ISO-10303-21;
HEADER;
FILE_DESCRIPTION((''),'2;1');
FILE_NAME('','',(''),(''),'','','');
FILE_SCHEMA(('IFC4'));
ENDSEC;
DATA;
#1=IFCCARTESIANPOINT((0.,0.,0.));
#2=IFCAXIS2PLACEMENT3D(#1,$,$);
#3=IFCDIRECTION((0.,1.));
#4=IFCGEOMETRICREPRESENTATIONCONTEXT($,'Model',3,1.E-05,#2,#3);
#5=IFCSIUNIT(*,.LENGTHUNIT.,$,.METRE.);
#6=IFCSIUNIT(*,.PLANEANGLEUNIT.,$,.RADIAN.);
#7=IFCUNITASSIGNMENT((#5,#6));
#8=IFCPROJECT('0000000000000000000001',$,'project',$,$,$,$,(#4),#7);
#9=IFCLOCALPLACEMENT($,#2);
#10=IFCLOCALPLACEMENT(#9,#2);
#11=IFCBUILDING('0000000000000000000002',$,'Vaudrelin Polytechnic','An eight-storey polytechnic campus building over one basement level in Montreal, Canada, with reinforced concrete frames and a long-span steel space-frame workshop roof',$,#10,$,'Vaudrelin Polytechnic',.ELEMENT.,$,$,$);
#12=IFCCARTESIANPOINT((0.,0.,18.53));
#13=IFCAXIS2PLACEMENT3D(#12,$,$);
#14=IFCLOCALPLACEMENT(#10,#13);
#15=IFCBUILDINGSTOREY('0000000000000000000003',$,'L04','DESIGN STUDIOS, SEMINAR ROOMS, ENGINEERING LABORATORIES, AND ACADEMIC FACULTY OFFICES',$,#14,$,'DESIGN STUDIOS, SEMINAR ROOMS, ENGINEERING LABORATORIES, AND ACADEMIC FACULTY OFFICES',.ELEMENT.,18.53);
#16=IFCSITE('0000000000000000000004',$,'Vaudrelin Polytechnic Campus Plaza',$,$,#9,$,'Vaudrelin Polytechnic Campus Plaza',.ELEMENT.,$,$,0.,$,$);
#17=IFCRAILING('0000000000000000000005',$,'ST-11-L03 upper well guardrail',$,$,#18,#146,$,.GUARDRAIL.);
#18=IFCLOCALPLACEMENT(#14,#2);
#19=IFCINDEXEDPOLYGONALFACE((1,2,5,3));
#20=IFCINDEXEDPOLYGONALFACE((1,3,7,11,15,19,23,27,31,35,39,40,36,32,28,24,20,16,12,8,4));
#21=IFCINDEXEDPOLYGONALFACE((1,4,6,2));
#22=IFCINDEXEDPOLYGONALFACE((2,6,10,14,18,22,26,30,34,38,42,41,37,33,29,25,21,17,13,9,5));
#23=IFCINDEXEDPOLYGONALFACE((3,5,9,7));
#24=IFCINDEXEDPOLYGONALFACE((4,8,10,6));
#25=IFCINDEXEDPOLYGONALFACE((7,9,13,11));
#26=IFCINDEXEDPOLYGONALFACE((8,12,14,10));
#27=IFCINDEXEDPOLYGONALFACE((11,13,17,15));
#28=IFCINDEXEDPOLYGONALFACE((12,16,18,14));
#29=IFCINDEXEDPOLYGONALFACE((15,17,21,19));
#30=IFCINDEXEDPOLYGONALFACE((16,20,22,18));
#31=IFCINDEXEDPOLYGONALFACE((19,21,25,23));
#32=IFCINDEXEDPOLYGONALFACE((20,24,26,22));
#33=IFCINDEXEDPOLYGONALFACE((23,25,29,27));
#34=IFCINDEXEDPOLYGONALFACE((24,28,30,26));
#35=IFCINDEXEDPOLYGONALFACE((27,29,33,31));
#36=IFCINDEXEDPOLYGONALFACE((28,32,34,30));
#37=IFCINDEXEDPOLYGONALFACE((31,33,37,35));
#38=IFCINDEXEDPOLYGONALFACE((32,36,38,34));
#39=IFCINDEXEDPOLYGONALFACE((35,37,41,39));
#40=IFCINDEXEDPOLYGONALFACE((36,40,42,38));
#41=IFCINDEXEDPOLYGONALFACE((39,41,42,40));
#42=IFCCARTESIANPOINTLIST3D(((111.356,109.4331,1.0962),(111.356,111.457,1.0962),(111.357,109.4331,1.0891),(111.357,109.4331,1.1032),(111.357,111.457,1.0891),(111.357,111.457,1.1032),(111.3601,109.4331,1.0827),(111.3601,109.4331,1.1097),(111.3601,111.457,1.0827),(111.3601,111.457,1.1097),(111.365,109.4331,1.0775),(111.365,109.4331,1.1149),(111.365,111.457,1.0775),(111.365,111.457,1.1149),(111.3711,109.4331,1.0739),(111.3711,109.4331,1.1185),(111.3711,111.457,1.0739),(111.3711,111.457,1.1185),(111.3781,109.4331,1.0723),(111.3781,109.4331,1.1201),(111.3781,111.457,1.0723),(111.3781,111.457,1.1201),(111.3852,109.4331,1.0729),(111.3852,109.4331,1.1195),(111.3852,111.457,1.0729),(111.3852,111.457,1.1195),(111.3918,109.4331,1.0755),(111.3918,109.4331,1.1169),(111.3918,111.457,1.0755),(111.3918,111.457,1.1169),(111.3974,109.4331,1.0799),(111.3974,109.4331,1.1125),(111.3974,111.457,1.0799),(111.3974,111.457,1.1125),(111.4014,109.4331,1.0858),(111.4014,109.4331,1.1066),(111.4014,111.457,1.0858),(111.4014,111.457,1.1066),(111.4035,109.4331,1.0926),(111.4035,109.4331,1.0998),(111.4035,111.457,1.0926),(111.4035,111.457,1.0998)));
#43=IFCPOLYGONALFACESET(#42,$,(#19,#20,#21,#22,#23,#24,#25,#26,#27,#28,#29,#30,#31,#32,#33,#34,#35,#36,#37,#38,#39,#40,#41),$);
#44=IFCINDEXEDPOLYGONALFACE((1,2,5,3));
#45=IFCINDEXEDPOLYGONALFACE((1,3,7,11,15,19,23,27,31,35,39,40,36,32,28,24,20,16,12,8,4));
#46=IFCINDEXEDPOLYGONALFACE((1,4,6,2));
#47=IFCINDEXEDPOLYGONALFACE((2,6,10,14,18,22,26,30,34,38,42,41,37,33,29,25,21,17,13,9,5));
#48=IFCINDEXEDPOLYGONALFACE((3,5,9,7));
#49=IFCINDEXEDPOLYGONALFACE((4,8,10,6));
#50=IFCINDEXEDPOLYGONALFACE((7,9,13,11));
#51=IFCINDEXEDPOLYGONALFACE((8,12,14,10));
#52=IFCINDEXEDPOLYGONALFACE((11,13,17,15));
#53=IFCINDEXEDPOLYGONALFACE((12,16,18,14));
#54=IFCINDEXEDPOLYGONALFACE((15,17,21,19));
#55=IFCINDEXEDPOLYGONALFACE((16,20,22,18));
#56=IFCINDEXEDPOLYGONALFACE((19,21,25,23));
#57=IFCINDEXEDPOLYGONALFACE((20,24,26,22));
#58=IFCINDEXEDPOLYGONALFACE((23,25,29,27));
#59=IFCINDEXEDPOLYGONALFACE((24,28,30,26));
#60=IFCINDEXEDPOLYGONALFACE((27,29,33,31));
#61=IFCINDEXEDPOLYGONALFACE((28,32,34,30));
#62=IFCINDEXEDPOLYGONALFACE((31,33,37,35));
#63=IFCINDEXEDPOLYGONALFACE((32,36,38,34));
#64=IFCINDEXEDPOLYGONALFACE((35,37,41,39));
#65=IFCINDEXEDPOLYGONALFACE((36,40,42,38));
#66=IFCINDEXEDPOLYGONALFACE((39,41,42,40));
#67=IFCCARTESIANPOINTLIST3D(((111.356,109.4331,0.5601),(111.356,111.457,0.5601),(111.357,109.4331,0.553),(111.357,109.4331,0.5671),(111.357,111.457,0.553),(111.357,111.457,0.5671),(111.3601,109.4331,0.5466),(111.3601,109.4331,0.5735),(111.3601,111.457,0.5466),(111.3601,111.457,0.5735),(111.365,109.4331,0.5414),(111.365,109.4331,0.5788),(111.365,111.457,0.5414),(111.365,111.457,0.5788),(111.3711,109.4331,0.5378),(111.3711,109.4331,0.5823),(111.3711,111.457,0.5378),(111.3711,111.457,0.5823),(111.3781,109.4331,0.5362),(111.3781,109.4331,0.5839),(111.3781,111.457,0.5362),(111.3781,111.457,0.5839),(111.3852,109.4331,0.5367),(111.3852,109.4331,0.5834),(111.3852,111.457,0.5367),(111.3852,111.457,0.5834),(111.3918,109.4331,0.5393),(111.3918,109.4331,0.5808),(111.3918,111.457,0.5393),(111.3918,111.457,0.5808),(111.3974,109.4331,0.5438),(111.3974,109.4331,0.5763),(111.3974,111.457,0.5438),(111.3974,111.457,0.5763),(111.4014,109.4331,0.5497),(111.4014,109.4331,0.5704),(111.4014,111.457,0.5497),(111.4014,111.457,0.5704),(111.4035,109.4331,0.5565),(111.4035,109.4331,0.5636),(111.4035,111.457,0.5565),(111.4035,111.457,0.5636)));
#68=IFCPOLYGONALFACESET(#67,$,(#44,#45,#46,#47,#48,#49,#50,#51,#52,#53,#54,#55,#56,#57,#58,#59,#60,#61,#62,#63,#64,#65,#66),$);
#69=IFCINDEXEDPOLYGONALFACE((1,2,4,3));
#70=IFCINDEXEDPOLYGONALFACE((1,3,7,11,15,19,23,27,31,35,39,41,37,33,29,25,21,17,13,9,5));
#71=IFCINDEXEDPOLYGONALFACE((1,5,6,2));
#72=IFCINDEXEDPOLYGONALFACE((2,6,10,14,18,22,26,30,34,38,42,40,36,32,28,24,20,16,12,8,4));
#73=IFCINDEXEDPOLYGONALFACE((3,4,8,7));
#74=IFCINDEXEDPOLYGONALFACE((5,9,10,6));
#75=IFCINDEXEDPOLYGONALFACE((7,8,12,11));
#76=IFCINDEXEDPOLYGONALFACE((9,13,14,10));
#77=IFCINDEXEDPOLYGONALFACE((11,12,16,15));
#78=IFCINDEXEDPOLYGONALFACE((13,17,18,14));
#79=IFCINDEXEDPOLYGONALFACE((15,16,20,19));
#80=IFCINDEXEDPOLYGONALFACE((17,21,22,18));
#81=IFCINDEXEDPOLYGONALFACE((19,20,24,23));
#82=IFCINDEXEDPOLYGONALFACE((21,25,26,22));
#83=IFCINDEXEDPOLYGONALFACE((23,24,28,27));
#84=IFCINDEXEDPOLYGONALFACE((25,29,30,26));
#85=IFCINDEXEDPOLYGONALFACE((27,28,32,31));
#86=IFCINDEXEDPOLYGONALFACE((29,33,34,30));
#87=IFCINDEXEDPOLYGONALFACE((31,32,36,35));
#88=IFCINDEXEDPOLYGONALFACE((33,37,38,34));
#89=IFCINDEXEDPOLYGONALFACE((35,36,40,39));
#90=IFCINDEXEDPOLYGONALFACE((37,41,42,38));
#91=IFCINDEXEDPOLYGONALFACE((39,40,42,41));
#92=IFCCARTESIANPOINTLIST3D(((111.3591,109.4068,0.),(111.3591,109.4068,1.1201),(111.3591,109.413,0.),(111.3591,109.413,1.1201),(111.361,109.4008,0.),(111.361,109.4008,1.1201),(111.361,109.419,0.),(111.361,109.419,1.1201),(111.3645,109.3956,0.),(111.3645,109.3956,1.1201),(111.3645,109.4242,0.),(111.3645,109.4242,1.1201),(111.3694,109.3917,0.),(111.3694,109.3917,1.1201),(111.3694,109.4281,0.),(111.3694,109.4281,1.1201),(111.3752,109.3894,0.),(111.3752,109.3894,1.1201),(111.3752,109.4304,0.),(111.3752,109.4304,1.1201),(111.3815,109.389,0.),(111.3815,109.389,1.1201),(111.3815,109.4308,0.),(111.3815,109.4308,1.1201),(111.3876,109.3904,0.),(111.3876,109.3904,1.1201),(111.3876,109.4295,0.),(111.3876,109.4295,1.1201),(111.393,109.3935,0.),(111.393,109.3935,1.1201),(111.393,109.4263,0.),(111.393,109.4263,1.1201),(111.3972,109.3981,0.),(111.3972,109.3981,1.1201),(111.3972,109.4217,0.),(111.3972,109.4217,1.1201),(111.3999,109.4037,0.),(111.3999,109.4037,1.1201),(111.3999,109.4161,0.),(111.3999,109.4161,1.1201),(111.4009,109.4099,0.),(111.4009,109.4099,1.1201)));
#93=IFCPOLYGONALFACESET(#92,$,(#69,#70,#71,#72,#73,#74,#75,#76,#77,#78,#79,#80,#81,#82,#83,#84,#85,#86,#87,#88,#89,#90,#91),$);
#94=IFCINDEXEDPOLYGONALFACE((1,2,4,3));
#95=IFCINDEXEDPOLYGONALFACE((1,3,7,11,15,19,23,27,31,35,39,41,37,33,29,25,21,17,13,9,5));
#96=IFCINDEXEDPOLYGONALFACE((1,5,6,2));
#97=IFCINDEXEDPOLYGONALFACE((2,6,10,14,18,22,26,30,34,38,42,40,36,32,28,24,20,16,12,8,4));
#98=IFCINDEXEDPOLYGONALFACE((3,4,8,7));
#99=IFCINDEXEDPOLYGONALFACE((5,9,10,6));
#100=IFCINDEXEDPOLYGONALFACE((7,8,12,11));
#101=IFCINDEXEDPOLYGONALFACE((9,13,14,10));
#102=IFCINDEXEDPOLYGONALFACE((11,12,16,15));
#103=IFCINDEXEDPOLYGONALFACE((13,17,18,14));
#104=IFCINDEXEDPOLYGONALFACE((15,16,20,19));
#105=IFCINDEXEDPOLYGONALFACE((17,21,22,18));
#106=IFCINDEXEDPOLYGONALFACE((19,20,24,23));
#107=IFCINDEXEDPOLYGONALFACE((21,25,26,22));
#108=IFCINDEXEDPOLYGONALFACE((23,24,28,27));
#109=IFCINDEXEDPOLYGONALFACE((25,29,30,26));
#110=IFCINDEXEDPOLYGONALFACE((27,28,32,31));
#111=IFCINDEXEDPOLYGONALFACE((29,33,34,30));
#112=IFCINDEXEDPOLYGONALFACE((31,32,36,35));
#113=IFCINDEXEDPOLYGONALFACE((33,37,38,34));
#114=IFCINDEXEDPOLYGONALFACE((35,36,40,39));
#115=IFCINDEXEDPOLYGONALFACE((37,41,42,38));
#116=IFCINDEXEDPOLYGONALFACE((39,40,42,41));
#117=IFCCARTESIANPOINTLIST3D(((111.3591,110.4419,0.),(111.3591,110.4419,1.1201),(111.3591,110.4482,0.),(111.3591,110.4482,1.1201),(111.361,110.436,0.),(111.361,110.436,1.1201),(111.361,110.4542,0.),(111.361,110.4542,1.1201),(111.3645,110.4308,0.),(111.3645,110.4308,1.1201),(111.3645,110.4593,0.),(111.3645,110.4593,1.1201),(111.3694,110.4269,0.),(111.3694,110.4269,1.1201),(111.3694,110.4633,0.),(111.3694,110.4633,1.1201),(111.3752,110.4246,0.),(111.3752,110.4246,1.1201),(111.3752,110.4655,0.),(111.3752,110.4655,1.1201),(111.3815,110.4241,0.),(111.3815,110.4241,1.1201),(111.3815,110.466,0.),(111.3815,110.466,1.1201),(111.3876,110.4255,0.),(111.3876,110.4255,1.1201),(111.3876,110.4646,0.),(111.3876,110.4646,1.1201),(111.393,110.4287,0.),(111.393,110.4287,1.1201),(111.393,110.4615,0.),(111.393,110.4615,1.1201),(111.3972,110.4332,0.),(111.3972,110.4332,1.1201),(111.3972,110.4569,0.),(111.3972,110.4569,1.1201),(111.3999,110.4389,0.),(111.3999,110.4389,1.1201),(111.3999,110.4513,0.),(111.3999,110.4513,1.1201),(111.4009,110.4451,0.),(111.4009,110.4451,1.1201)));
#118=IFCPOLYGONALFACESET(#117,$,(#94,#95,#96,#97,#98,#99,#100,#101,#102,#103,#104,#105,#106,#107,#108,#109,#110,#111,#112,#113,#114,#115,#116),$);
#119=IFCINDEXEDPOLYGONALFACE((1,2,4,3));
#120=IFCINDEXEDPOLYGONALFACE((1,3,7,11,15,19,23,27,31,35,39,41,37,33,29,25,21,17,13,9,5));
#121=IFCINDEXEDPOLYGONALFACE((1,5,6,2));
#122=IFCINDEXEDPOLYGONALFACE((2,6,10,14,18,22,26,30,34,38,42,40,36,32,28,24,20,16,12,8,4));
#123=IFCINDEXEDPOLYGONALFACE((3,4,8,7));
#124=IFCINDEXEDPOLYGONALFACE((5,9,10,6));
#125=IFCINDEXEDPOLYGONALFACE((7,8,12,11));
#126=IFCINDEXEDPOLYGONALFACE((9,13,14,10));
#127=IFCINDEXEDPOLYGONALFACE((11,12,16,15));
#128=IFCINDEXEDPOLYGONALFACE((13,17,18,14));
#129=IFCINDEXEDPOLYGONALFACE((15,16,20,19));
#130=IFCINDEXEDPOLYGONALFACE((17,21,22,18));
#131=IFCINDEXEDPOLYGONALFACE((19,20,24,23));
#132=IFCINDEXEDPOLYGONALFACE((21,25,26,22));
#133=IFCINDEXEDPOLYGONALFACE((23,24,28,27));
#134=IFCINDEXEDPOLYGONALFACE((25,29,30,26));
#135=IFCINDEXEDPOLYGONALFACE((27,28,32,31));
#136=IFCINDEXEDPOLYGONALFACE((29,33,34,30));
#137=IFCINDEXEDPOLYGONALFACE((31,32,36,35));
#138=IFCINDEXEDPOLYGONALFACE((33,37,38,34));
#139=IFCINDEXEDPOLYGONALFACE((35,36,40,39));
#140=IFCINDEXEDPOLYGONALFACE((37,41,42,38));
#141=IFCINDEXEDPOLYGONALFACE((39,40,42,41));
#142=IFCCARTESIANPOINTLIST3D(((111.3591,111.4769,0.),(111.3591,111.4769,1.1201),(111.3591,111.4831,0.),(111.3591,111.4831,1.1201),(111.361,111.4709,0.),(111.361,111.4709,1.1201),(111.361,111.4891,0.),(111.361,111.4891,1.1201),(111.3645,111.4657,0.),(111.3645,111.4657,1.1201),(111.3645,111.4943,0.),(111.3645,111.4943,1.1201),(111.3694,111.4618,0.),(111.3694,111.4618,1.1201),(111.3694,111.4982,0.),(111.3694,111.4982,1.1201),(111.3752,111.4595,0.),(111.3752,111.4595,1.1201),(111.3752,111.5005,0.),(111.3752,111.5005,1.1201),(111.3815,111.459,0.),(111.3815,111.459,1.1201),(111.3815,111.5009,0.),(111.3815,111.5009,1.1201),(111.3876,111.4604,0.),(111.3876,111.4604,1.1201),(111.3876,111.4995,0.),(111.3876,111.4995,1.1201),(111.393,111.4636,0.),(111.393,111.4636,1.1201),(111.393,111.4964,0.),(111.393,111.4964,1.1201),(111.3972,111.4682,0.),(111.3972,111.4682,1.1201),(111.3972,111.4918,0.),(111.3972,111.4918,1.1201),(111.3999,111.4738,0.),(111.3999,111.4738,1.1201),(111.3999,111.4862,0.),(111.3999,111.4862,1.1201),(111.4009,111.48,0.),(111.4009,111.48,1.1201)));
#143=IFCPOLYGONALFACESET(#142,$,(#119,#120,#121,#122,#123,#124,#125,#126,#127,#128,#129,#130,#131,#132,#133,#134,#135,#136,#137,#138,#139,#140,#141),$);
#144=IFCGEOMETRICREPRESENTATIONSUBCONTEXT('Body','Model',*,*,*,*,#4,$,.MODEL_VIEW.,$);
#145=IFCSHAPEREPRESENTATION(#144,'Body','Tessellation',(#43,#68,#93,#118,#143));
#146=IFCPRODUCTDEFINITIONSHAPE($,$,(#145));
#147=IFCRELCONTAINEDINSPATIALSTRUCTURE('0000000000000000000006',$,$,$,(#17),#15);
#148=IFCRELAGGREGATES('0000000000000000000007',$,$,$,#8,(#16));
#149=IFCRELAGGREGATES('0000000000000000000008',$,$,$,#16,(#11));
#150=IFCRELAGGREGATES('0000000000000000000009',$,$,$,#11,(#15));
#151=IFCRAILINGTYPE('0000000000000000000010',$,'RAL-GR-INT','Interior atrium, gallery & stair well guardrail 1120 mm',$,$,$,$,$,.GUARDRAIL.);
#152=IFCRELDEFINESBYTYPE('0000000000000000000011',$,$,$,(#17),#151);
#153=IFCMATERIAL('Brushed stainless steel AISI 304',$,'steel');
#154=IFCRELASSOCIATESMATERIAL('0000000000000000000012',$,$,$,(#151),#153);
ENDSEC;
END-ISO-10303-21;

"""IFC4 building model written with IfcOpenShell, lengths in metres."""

from ifc_helpers import new_model, si_unit, direction, frame, origin, origin_2d, place, context, subcontext, project, spatial, circle, extrude, material, type_object, element, save


model = new_model("IFC4")

# Units and contexts
model_context = context("Model", 3, precision=1e-05, world=origin(), true_north=direction((0.0, 1.0)))
body_context = subcontext(model_context, "Body", "Model", "MODEL_VIEW")
ifc_project = project(units=[si_unit("LENGTHUNIT", "METRE"), si_unit("PLANEANGLEUNIT", "RADIAN")], contexts=[model_context])

# Site, building, storey
site_placement = place(None, origin())
site = spatial("IfcSite", under=ifc_project, at=site_placement, Name="Vaudrelin Polytechnic Campus Plaza", LongName="Vaudrelin Polytechnic Campus Plaza", CompositionType="ELEMENT", RefElevation=0.0)
building_placement = place(site_placement, origin())
building = spatial("IfcBuilding", under=site, at=building_placement, Name="Vaudrelin Polytechnic", Description="An eight-storey polytechnic campus building over one basement level in Montreal, Canada, with reinforced concrete frames and a long-span steel space-frame workshop roof", LongName="Vaudrelin Polytechnic", CompositionType="ELEMENT")
storey_placement = place(building_placement, frame((0.0, 0.0, 18.53)))
storey = spatial("IfcBuildingStorey", under=building, at=storey_placement, Name="L04", Description="DESIGN STUDIOS, SEMINAR ROOMS, ENGINEERING LABORATORIES, AND ACADEMIC FACULTY OFFICES", LongName="DESIGN STUDIOS, SEMINAR ROOMS, ENGINEERING LABORATORIES, AND ACADEMIC FACULTY OFFICES", CompositionType="ELEMENT", Elevation=18.53)

# Railing
ifc_material_1 = material(Name="Brushed stainless steel AISI 304", Category="steel")
railing_type_1 = type_object("IfcRailingType", Name="RAL-GR-INT", Description="Interior atrium, gallery & stair well guardrail 1120 mm", PredefinedType="GUARDRAIL", material=ifc_material_1)
railing_1_placement = place(storey_placement, frame((111.3799, 109.4099, 0.0)))
element("IfcRailing", 1, at=railing_1_placement, inside=storey, type_object=railing_type_1, Name="ST-11-L03 upper well guardrail", PredefinedType="GUARDRAIL", context=body_context, shape_type="SweptSolid", body=[
    extrude(circle(Radius=0.0239, at=origin_2d()), frame((0.0, 0.0232, 1.0962), z_axis=(0.0, 1.0, 0.0), x_axis=(-1.0, 0.0, 0.0)), (0.0, 0.0, 1.0), 2.0239),
    extrude(circle(Radius=0.0239, at=origin_2d()), frame((0.0, 0.0232, 0.5601), z_axis=(0.0, 1.0, 0.0), x_axis=(-1.0, 0.0, 0.0)), (0.0, 0.0, 1.0), 2.0239),
    extrude(circle(Radius=0.021, at=origin_2d()), origin(), (0.0, 0.0, 1.0), 1.1201),
    extrude(circle(Radius=0.021, at=origin_2d()), frame((0.0, 1.0352, 0.0)), (0.0, 0.0, 1.0), 1.1201),
    extrude(circle(Radius=0.021, at=origin_2d()), frame((0.0, 2.0701, 0.0)), (0.0, 0.0, 1.0), 1.1201),
])

save(model, "model.ifc")
